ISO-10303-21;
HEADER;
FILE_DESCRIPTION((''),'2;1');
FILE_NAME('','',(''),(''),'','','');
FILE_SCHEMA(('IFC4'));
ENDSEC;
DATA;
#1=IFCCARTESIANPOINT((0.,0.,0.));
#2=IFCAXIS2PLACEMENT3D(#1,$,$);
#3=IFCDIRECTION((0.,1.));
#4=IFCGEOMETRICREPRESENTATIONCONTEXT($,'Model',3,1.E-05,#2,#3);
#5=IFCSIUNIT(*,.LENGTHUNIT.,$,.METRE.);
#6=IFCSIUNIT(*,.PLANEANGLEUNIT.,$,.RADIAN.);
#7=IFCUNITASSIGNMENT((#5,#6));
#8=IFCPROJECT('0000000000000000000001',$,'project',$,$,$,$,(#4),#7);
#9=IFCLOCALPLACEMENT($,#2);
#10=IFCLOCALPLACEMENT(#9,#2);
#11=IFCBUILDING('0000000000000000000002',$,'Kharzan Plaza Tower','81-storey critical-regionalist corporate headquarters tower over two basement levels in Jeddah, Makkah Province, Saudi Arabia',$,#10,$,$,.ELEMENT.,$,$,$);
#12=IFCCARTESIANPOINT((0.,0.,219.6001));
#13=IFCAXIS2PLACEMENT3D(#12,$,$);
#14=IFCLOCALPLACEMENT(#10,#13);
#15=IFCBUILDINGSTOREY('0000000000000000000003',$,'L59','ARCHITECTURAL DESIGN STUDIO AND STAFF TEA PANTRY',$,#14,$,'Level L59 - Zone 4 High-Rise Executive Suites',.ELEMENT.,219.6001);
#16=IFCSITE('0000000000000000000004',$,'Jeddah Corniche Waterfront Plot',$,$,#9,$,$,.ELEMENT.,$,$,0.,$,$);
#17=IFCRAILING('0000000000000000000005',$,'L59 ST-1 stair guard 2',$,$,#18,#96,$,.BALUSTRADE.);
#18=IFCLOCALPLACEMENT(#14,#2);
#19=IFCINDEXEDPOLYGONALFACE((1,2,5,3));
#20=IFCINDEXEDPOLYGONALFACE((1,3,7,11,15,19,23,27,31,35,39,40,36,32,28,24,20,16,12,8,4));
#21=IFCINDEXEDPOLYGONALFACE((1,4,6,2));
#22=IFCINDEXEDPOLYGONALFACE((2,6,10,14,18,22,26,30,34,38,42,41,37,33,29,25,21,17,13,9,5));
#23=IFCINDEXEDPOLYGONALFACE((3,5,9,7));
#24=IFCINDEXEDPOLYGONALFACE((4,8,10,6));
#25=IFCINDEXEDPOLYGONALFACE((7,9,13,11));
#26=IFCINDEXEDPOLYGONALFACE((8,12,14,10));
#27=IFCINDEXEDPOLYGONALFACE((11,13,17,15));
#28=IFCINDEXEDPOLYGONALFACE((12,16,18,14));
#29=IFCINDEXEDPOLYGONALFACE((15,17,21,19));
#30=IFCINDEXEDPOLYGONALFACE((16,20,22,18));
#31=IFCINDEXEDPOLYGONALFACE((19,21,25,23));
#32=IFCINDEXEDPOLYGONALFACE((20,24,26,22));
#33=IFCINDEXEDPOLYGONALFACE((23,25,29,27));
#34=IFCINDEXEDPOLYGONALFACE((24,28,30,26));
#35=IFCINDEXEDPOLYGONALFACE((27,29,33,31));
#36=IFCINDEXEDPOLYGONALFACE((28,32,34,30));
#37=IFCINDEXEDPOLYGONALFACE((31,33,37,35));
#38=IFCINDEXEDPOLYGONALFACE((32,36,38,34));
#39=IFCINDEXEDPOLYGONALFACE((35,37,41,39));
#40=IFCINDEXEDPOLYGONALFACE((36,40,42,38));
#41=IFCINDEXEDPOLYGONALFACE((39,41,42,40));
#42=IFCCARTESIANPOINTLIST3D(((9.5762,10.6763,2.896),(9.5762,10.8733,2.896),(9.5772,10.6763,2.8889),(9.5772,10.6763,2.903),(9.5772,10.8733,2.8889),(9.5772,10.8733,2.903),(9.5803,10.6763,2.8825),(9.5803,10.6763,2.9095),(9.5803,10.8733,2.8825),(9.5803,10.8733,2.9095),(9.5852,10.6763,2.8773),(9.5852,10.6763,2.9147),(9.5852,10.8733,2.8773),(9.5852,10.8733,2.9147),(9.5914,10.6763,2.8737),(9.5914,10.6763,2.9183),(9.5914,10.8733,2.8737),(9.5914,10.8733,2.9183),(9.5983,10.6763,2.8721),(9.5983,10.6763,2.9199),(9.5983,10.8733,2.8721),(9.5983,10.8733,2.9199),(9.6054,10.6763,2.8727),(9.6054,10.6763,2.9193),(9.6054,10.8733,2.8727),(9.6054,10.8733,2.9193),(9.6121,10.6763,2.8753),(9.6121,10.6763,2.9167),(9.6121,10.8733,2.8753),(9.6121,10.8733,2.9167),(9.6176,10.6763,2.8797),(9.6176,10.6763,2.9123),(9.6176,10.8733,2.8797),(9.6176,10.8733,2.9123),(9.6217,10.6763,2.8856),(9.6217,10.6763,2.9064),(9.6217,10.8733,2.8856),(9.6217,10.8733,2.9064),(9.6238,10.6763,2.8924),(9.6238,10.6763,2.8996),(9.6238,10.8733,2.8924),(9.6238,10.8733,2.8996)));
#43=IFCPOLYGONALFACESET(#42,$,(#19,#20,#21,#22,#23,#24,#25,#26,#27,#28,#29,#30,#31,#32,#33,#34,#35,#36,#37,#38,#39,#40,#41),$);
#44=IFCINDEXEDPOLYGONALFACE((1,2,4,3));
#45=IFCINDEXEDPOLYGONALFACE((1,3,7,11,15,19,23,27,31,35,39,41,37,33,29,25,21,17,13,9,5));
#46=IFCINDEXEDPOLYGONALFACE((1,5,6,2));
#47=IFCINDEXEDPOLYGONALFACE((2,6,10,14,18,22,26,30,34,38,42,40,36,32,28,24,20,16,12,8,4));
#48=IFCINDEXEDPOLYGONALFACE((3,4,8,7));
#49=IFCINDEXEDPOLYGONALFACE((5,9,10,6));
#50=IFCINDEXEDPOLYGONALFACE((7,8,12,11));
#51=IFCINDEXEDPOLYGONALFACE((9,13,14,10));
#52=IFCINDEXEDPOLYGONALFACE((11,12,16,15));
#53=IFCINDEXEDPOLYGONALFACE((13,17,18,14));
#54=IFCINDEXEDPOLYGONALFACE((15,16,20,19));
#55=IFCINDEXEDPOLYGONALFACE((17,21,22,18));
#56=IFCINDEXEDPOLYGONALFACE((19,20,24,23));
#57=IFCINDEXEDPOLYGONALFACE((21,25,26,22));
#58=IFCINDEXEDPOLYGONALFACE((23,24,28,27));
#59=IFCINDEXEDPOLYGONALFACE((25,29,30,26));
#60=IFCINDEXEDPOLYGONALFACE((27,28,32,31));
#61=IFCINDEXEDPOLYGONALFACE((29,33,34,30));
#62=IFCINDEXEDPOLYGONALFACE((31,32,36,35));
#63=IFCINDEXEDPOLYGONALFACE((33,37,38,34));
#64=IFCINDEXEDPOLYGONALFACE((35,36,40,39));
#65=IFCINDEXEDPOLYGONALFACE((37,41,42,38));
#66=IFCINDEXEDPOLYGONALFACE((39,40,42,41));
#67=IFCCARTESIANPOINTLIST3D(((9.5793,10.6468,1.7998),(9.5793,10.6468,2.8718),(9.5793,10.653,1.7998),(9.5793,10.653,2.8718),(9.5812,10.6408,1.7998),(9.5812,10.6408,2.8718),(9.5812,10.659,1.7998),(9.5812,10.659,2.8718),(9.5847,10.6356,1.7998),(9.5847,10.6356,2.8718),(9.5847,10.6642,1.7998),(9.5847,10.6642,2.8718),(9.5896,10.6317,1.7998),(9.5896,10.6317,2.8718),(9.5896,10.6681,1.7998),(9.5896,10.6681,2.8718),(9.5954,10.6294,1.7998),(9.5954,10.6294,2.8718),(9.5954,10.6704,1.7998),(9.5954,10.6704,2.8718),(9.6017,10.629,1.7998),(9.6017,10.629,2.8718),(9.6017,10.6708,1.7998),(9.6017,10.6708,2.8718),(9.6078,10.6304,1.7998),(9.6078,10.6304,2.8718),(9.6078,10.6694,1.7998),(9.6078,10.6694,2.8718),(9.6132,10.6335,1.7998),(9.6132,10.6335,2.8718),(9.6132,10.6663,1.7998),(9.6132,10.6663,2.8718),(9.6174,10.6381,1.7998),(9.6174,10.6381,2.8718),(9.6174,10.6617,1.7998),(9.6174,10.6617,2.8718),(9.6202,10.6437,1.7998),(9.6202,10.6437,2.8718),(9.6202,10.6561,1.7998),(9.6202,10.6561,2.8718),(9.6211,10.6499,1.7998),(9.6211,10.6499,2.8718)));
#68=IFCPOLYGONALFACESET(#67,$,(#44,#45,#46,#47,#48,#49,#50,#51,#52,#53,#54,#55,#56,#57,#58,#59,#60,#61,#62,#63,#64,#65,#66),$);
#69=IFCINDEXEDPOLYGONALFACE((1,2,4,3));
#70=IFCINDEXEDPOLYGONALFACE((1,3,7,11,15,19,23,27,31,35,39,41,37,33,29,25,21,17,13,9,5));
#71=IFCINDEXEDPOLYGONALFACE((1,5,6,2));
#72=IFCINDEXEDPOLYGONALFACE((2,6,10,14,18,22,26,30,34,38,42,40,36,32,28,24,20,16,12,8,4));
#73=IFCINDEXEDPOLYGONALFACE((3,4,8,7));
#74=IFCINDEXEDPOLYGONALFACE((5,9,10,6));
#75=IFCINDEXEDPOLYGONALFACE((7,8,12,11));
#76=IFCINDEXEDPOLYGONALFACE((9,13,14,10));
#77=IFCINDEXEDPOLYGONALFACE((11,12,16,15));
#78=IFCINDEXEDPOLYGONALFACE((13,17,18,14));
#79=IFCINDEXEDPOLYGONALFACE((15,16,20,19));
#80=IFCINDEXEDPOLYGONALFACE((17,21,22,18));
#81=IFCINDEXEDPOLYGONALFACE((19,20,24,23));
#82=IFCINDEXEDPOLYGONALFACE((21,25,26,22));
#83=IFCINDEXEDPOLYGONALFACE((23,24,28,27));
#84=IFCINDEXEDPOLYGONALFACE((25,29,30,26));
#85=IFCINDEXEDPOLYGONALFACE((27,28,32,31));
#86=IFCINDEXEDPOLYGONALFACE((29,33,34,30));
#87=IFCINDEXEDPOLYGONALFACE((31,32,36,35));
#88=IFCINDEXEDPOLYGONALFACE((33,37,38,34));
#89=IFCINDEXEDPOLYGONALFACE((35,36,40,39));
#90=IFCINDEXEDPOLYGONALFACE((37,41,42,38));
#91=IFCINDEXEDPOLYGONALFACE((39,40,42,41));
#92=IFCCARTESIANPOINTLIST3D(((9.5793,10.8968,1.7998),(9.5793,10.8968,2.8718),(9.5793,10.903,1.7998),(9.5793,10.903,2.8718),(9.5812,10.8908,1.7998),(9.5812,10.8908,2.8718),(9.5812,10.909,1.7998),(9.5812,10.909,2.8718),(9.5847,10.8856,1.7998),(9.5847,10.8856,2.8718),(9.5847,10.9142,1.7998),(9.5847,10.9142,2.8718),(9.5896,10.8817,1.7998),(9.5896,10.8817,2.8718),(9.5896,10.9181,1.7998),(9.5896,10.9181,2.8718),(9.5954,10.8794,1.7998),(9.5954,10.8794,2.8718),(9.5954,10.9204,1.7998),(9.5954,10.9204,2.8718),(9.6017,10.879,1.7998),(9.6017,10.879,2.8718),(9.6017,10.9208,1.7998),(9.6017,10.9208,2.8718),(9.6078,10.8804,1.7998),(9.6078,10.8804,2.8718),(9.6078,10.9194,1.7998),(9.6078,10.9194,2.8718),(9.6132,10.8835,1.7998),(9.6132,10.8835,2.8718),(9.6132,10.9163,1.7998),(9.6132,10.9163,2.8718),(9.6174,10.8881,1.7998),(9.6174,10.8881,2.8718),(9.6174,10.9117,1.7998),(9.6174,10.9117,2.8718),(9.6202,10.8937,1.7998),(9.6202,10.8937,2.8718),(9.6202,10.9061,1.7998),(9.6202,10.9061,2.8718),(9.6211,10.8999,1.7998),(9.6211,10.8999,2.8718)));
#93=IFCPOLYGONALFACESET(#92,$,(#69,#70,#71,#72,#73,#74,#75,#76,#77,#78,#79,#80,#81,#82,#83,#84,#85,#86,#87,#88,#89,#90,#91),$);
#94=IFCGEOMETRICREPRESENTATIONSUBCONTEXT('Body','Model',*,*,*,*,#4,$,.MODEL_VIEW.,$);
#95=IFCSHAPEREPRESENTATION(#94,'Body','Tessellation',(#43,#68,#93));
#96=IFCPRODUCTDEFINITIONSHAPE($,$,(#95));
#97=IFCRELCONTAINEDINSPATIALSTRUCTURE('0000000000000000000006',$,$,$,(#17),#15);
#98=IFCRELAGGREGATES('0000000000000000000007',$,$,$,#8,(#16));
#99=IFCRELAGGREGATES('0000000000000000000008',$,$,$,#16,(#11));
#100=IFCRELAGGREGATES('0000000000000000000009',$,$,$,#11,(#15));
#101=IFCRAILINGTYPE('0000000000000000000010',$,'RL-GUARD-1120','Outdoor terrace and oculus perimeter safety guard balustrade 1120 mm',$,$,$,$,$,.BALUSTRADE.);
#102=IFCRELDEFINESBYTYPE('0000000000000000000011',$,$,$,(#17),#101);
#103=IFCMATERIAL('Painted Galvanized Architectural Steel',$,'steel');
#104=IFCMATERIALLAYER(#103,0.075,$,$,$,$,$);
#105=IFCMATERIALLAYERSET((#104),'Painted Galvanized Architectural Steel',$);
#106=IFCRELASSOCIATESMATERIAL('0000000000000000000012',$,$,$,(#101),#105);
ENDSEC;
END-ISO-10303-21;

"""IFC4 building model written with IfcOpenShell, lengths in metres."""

from ifc_helpers import new_model, si_unit, direction, frame, origin, origin_2d, place, context, subcontext, project, spatial, circle, extrude, source, transform, mapped, material, layer, layer_set, type_object, element, save


model = new_model("IFC4")

# Units and contexts
model_context = context("Model", 3, precision=1e-05, world=origin(), true_north=direction((0.0, 1.0)))
body_context = subcontext(model_context, "Body", "Model", "MODEL_VIEW")
ifc_project = project(units=[si_unit("LENGTHUNIT", "METRE"), si_unit("PLANEANGLEUNIT", "RADIAN")], contexts=[model_context])

# Site, building, storey
site_placement = place(None, origin())
site = spatial("IfcSite", under=ifc_project, at=site_placement, Name="Jeddah Corniche Waterfront Plot", CompositionType="ELEMENT", RefElevation=0.0)
building_placement = place(site_placement, origin())
building = spatial("IfcBuilding", under=site, at=building_placement, Name="Kharzan Plaza Tower", Description="81-storey critical-regionalist corporate headquarters tower over two basement levels in Jeddah, Makkah Province, Saudi Arabia", CompositionType="ELEMENT")
storey_placement = place(building_placement, frame((0.0, 0.0, 219.6001)))
storey = spatial("IfcBuildingStorey", under=building, at=storey_placement, Name="L59", Description="ARCHITECTURAL DESIGN STUDIO AND STAFF TEA PANTRY", LongName="Level L59 - Zone 4 High-Rise Executive Suites", CompositionType="ELEMENT", Elevation=219.6001)

# Railing
ifc_material_1 = material(Name="Painted Galvanized Architectural Steel", Category="steel")
ifc_layer_1 = layer(ifc_material_1, 0.075)
ifc_layer_set_1 = layer_set([ifc_layer_1], Name="Painted Galvanized Architectural Steel")
railing_type_1 = type_object("IfcRailingType", Name="RL-GUARD-1120", Description="Outdoor terrace and oculus perimeter safety guard balustrade 1120 mm", PredefinedType="BALUSTRADE", material=ifc_layer_set_1)
shared_shape_1 = source(origin(), body_context, "Body", "SweptSolid", [
    extrude(circle(Radius=0.0239, at=origin_2d()), frame((0.0, 0.0264, 1.0962), z_axis=(0.0, 1.0, 0.0), x_axis=(-1.0, 0.0, 0.0)), (0.0, 0.0, 1.0), 0.197),
    extrude(circle(Radius=0.021, at=origin_2d()), origin(), (0.0, 0.0, 1.0), 1.072),
    extrude(circle(Radius=0.021, at=origin_2d()), frame((0.0, 0.25, 0.0)), (0.0, 0.0, 1.0), 1.072),
])
railing_1_placement = place(storey_placement, frame((9.6001, 10.6499, 1.7998)))
element("IfcRailing", 1, at=railing_1_placement, inside=storey, type_object=railing_type_1, Name="L59 ST-1 stair guard 2", PredefinedType="BALUSTRADE", context=body_context, shape_type="MappedRepresentation", body=[
    mapped(shared_shape_1, transform((0.0, 0.0, 0.0), x_axis=(1.0, 0.0, 0.0), y_axis=(0.0, 1.0, 0.0), z_axis=(0.0, 0.0, 1.0))),
])

save(model, "model.ifc")
